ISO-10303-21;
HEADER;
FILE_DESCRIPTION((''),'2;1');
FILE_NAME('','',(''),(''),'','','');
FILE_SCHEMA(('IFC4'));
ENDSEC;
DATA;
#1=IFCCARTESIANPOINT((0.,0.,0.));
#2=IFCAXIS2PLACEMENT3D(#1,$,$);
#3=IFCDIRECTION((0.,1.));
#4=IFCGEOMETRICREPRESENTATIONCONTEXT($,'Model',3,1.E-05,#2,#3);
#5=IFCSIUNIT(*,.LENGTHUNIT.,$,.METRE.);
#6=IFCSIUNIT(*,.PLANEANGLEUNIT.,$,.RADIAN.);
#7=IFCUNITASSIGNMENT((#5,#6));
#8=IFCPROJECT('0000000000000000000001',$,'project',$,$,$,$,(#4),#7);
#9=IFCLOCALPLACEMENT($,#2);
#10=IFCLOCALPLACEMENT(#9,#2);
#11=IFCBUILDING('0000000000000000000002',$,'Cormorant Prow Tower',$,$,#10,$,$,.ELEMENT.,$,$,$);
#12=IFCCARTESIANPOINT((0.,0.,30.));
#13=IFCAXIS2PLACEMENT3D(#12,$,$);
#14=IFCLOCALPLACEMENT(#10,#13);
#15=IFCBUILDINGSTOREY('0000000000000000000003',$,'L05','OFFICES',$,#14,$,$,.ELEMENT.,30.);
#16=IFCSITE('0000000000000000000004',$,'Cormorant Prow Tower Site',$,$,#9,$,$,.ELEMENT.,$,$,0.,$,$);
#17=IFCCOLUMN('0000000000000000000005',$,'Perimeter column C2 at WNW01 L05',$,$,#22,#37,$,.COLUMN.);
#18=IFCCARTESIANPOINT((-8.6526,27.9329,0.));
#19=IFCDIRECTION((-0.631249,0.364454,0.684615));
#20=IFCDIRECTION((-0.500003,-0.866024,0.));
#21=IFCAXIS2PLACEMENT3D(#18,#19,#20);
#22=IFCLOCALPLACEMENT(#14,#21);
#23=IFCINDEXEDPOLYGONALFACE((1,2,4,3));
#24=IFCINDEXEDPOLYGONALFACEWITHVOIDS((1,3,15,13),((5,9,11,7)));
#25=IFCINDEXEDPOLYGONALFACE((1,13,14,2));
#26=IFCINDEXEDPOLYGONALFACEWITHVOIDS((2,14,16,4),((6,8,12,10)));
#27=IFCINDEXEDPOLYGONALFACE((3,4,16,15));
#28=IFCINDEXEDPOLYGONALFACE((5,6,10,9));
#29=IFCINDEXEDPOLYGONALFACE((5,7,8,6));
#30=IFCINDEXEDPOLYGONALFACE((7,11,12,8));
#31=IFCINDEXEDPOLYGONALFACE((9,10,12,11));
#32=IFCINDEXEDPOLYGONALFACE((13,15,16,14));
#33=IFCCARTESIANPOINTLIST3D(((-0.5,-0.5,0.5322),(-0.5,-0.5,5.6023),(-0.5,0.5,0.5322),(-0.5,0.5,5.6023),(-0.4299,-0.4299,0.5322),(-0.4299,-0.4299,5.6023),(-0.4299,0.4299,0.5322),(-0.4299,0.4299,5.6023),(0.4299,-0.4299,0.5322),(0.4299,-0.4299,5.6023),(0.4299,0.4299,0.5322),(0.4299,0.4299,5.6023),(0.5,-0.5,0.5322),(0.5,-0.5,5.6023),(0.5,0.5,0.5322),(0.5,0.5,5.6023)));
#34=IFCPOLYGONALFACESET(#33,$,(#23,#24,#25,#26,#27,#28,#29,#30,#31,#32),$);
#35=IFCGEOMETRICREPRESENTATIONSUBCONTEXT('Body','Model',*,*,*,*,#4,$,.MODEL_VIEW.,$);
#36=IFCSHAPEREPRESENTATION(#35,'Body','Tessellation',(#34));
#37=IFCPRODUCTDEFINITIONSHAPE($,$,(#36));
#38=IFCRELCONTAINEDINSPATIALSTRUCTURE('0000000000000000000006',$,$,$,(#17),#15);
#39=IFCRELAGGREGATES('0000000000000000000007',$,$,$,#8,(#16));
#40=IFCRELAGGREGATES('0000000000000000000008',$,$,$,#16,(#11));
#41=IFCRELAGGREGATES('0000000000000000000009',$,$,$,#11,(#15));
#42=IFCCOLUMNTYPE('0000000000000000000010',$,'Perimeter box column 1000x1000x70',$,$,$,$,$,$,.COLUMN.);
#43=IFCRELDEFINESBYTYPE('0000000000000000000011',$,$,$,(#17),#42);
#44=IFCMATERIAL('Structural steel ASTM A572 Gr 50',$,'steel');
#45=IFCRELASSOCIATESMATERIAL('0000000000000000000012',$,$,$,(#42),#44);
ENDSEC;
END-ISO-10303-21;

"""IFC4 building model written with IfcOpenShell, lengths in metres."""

from ifc_helpers import new_model, si_unit, direction, frame, origin, origin_2d, place, context, subcontext, project, spatial, hollow_rectangle, extrude, material, material_profile, profile_set, type_object, element, save


model = new_model("IFC4")

# Units and contexts
model_context = context("Model", 3, precision=1e-05, world=origin(), true_north=direction((0.0, 1.0)))
body_context = subcontext(model_context, "Body", "Model", "MODEL_VIEW")
ifc_project = project(units=[si_unit("LENGTHUNIT", "METRE"), si_unit("PLANEANGLEUNIT", "RADIAN")], contexts=[model_context])

# Site, building, storey
site_placement = place(None, origin())
site = spatial("IfcSite", under=ifc_project, at=site_placement, Name="Cormorant Prow Tower Site", CompositionType="ELEMENT", RefElevation=0.0)
building_placement = place(site_placement, origin())
building = spatial("IfcBuilding", under=site, at=building_placement, Name="Cormorant Prow Tower", CompositionType="ELEMENT")
storey_placement = place(building_placement, frame((0.0, 0.0, 30.0)))
storey = spatial("IfcBuildingStorey", under=building, at=storey_placement, Name="L05", Description="OFFICES", CompositionType="ELEMENT", Elevation=30.0)

# Column
ifc_material_1 = material(Name="Structural steel ASTM A572 Gr 50", Category="steel")
ifc_material_profile_1 = material_profile(ifc_material_1, hollow_rectangle(XDim=1.0, YDim=1.0, WallThickness=0.0701, at=origin_2d()), Name="Box 1000x1000x70")
ifc_profile_set_1 = profile_set([ifc_material_profile_1], Name="Structural steel ASTM A572 Gr 50")
column_type_1 = type_object("IfcColumnType", Name="Perimeter box column 1000x1000x70", PredefinedType="COLUMN", material=ifc_profile_set_1)
column_1_placement = place(storey_placement, frame((-8.6526, 27.9329, 0.0), z_axis=(-0.631249, 0.364454, 0.684615), x_axis=(-0.500003, -0.866024, 0.0)))
element("IfcColumn", 1, at=column_1_placement, inside=storey, type_object=column_type_1, Name="Perimeter column C2 at WNW01 L05", PredefinedType="COLUMN", context=body_context, shape_type="SweptSolid", body=[
    extrude(hollow_rectangle(XDim=1.0, YDim=1.0, WallThickness=0.0701, at=origin_2d()), frame((0.0, 0.0, 0.5322)), (0.0, 0.0, 1.0), 5.0701),
])

save(model, "model.ifc")
